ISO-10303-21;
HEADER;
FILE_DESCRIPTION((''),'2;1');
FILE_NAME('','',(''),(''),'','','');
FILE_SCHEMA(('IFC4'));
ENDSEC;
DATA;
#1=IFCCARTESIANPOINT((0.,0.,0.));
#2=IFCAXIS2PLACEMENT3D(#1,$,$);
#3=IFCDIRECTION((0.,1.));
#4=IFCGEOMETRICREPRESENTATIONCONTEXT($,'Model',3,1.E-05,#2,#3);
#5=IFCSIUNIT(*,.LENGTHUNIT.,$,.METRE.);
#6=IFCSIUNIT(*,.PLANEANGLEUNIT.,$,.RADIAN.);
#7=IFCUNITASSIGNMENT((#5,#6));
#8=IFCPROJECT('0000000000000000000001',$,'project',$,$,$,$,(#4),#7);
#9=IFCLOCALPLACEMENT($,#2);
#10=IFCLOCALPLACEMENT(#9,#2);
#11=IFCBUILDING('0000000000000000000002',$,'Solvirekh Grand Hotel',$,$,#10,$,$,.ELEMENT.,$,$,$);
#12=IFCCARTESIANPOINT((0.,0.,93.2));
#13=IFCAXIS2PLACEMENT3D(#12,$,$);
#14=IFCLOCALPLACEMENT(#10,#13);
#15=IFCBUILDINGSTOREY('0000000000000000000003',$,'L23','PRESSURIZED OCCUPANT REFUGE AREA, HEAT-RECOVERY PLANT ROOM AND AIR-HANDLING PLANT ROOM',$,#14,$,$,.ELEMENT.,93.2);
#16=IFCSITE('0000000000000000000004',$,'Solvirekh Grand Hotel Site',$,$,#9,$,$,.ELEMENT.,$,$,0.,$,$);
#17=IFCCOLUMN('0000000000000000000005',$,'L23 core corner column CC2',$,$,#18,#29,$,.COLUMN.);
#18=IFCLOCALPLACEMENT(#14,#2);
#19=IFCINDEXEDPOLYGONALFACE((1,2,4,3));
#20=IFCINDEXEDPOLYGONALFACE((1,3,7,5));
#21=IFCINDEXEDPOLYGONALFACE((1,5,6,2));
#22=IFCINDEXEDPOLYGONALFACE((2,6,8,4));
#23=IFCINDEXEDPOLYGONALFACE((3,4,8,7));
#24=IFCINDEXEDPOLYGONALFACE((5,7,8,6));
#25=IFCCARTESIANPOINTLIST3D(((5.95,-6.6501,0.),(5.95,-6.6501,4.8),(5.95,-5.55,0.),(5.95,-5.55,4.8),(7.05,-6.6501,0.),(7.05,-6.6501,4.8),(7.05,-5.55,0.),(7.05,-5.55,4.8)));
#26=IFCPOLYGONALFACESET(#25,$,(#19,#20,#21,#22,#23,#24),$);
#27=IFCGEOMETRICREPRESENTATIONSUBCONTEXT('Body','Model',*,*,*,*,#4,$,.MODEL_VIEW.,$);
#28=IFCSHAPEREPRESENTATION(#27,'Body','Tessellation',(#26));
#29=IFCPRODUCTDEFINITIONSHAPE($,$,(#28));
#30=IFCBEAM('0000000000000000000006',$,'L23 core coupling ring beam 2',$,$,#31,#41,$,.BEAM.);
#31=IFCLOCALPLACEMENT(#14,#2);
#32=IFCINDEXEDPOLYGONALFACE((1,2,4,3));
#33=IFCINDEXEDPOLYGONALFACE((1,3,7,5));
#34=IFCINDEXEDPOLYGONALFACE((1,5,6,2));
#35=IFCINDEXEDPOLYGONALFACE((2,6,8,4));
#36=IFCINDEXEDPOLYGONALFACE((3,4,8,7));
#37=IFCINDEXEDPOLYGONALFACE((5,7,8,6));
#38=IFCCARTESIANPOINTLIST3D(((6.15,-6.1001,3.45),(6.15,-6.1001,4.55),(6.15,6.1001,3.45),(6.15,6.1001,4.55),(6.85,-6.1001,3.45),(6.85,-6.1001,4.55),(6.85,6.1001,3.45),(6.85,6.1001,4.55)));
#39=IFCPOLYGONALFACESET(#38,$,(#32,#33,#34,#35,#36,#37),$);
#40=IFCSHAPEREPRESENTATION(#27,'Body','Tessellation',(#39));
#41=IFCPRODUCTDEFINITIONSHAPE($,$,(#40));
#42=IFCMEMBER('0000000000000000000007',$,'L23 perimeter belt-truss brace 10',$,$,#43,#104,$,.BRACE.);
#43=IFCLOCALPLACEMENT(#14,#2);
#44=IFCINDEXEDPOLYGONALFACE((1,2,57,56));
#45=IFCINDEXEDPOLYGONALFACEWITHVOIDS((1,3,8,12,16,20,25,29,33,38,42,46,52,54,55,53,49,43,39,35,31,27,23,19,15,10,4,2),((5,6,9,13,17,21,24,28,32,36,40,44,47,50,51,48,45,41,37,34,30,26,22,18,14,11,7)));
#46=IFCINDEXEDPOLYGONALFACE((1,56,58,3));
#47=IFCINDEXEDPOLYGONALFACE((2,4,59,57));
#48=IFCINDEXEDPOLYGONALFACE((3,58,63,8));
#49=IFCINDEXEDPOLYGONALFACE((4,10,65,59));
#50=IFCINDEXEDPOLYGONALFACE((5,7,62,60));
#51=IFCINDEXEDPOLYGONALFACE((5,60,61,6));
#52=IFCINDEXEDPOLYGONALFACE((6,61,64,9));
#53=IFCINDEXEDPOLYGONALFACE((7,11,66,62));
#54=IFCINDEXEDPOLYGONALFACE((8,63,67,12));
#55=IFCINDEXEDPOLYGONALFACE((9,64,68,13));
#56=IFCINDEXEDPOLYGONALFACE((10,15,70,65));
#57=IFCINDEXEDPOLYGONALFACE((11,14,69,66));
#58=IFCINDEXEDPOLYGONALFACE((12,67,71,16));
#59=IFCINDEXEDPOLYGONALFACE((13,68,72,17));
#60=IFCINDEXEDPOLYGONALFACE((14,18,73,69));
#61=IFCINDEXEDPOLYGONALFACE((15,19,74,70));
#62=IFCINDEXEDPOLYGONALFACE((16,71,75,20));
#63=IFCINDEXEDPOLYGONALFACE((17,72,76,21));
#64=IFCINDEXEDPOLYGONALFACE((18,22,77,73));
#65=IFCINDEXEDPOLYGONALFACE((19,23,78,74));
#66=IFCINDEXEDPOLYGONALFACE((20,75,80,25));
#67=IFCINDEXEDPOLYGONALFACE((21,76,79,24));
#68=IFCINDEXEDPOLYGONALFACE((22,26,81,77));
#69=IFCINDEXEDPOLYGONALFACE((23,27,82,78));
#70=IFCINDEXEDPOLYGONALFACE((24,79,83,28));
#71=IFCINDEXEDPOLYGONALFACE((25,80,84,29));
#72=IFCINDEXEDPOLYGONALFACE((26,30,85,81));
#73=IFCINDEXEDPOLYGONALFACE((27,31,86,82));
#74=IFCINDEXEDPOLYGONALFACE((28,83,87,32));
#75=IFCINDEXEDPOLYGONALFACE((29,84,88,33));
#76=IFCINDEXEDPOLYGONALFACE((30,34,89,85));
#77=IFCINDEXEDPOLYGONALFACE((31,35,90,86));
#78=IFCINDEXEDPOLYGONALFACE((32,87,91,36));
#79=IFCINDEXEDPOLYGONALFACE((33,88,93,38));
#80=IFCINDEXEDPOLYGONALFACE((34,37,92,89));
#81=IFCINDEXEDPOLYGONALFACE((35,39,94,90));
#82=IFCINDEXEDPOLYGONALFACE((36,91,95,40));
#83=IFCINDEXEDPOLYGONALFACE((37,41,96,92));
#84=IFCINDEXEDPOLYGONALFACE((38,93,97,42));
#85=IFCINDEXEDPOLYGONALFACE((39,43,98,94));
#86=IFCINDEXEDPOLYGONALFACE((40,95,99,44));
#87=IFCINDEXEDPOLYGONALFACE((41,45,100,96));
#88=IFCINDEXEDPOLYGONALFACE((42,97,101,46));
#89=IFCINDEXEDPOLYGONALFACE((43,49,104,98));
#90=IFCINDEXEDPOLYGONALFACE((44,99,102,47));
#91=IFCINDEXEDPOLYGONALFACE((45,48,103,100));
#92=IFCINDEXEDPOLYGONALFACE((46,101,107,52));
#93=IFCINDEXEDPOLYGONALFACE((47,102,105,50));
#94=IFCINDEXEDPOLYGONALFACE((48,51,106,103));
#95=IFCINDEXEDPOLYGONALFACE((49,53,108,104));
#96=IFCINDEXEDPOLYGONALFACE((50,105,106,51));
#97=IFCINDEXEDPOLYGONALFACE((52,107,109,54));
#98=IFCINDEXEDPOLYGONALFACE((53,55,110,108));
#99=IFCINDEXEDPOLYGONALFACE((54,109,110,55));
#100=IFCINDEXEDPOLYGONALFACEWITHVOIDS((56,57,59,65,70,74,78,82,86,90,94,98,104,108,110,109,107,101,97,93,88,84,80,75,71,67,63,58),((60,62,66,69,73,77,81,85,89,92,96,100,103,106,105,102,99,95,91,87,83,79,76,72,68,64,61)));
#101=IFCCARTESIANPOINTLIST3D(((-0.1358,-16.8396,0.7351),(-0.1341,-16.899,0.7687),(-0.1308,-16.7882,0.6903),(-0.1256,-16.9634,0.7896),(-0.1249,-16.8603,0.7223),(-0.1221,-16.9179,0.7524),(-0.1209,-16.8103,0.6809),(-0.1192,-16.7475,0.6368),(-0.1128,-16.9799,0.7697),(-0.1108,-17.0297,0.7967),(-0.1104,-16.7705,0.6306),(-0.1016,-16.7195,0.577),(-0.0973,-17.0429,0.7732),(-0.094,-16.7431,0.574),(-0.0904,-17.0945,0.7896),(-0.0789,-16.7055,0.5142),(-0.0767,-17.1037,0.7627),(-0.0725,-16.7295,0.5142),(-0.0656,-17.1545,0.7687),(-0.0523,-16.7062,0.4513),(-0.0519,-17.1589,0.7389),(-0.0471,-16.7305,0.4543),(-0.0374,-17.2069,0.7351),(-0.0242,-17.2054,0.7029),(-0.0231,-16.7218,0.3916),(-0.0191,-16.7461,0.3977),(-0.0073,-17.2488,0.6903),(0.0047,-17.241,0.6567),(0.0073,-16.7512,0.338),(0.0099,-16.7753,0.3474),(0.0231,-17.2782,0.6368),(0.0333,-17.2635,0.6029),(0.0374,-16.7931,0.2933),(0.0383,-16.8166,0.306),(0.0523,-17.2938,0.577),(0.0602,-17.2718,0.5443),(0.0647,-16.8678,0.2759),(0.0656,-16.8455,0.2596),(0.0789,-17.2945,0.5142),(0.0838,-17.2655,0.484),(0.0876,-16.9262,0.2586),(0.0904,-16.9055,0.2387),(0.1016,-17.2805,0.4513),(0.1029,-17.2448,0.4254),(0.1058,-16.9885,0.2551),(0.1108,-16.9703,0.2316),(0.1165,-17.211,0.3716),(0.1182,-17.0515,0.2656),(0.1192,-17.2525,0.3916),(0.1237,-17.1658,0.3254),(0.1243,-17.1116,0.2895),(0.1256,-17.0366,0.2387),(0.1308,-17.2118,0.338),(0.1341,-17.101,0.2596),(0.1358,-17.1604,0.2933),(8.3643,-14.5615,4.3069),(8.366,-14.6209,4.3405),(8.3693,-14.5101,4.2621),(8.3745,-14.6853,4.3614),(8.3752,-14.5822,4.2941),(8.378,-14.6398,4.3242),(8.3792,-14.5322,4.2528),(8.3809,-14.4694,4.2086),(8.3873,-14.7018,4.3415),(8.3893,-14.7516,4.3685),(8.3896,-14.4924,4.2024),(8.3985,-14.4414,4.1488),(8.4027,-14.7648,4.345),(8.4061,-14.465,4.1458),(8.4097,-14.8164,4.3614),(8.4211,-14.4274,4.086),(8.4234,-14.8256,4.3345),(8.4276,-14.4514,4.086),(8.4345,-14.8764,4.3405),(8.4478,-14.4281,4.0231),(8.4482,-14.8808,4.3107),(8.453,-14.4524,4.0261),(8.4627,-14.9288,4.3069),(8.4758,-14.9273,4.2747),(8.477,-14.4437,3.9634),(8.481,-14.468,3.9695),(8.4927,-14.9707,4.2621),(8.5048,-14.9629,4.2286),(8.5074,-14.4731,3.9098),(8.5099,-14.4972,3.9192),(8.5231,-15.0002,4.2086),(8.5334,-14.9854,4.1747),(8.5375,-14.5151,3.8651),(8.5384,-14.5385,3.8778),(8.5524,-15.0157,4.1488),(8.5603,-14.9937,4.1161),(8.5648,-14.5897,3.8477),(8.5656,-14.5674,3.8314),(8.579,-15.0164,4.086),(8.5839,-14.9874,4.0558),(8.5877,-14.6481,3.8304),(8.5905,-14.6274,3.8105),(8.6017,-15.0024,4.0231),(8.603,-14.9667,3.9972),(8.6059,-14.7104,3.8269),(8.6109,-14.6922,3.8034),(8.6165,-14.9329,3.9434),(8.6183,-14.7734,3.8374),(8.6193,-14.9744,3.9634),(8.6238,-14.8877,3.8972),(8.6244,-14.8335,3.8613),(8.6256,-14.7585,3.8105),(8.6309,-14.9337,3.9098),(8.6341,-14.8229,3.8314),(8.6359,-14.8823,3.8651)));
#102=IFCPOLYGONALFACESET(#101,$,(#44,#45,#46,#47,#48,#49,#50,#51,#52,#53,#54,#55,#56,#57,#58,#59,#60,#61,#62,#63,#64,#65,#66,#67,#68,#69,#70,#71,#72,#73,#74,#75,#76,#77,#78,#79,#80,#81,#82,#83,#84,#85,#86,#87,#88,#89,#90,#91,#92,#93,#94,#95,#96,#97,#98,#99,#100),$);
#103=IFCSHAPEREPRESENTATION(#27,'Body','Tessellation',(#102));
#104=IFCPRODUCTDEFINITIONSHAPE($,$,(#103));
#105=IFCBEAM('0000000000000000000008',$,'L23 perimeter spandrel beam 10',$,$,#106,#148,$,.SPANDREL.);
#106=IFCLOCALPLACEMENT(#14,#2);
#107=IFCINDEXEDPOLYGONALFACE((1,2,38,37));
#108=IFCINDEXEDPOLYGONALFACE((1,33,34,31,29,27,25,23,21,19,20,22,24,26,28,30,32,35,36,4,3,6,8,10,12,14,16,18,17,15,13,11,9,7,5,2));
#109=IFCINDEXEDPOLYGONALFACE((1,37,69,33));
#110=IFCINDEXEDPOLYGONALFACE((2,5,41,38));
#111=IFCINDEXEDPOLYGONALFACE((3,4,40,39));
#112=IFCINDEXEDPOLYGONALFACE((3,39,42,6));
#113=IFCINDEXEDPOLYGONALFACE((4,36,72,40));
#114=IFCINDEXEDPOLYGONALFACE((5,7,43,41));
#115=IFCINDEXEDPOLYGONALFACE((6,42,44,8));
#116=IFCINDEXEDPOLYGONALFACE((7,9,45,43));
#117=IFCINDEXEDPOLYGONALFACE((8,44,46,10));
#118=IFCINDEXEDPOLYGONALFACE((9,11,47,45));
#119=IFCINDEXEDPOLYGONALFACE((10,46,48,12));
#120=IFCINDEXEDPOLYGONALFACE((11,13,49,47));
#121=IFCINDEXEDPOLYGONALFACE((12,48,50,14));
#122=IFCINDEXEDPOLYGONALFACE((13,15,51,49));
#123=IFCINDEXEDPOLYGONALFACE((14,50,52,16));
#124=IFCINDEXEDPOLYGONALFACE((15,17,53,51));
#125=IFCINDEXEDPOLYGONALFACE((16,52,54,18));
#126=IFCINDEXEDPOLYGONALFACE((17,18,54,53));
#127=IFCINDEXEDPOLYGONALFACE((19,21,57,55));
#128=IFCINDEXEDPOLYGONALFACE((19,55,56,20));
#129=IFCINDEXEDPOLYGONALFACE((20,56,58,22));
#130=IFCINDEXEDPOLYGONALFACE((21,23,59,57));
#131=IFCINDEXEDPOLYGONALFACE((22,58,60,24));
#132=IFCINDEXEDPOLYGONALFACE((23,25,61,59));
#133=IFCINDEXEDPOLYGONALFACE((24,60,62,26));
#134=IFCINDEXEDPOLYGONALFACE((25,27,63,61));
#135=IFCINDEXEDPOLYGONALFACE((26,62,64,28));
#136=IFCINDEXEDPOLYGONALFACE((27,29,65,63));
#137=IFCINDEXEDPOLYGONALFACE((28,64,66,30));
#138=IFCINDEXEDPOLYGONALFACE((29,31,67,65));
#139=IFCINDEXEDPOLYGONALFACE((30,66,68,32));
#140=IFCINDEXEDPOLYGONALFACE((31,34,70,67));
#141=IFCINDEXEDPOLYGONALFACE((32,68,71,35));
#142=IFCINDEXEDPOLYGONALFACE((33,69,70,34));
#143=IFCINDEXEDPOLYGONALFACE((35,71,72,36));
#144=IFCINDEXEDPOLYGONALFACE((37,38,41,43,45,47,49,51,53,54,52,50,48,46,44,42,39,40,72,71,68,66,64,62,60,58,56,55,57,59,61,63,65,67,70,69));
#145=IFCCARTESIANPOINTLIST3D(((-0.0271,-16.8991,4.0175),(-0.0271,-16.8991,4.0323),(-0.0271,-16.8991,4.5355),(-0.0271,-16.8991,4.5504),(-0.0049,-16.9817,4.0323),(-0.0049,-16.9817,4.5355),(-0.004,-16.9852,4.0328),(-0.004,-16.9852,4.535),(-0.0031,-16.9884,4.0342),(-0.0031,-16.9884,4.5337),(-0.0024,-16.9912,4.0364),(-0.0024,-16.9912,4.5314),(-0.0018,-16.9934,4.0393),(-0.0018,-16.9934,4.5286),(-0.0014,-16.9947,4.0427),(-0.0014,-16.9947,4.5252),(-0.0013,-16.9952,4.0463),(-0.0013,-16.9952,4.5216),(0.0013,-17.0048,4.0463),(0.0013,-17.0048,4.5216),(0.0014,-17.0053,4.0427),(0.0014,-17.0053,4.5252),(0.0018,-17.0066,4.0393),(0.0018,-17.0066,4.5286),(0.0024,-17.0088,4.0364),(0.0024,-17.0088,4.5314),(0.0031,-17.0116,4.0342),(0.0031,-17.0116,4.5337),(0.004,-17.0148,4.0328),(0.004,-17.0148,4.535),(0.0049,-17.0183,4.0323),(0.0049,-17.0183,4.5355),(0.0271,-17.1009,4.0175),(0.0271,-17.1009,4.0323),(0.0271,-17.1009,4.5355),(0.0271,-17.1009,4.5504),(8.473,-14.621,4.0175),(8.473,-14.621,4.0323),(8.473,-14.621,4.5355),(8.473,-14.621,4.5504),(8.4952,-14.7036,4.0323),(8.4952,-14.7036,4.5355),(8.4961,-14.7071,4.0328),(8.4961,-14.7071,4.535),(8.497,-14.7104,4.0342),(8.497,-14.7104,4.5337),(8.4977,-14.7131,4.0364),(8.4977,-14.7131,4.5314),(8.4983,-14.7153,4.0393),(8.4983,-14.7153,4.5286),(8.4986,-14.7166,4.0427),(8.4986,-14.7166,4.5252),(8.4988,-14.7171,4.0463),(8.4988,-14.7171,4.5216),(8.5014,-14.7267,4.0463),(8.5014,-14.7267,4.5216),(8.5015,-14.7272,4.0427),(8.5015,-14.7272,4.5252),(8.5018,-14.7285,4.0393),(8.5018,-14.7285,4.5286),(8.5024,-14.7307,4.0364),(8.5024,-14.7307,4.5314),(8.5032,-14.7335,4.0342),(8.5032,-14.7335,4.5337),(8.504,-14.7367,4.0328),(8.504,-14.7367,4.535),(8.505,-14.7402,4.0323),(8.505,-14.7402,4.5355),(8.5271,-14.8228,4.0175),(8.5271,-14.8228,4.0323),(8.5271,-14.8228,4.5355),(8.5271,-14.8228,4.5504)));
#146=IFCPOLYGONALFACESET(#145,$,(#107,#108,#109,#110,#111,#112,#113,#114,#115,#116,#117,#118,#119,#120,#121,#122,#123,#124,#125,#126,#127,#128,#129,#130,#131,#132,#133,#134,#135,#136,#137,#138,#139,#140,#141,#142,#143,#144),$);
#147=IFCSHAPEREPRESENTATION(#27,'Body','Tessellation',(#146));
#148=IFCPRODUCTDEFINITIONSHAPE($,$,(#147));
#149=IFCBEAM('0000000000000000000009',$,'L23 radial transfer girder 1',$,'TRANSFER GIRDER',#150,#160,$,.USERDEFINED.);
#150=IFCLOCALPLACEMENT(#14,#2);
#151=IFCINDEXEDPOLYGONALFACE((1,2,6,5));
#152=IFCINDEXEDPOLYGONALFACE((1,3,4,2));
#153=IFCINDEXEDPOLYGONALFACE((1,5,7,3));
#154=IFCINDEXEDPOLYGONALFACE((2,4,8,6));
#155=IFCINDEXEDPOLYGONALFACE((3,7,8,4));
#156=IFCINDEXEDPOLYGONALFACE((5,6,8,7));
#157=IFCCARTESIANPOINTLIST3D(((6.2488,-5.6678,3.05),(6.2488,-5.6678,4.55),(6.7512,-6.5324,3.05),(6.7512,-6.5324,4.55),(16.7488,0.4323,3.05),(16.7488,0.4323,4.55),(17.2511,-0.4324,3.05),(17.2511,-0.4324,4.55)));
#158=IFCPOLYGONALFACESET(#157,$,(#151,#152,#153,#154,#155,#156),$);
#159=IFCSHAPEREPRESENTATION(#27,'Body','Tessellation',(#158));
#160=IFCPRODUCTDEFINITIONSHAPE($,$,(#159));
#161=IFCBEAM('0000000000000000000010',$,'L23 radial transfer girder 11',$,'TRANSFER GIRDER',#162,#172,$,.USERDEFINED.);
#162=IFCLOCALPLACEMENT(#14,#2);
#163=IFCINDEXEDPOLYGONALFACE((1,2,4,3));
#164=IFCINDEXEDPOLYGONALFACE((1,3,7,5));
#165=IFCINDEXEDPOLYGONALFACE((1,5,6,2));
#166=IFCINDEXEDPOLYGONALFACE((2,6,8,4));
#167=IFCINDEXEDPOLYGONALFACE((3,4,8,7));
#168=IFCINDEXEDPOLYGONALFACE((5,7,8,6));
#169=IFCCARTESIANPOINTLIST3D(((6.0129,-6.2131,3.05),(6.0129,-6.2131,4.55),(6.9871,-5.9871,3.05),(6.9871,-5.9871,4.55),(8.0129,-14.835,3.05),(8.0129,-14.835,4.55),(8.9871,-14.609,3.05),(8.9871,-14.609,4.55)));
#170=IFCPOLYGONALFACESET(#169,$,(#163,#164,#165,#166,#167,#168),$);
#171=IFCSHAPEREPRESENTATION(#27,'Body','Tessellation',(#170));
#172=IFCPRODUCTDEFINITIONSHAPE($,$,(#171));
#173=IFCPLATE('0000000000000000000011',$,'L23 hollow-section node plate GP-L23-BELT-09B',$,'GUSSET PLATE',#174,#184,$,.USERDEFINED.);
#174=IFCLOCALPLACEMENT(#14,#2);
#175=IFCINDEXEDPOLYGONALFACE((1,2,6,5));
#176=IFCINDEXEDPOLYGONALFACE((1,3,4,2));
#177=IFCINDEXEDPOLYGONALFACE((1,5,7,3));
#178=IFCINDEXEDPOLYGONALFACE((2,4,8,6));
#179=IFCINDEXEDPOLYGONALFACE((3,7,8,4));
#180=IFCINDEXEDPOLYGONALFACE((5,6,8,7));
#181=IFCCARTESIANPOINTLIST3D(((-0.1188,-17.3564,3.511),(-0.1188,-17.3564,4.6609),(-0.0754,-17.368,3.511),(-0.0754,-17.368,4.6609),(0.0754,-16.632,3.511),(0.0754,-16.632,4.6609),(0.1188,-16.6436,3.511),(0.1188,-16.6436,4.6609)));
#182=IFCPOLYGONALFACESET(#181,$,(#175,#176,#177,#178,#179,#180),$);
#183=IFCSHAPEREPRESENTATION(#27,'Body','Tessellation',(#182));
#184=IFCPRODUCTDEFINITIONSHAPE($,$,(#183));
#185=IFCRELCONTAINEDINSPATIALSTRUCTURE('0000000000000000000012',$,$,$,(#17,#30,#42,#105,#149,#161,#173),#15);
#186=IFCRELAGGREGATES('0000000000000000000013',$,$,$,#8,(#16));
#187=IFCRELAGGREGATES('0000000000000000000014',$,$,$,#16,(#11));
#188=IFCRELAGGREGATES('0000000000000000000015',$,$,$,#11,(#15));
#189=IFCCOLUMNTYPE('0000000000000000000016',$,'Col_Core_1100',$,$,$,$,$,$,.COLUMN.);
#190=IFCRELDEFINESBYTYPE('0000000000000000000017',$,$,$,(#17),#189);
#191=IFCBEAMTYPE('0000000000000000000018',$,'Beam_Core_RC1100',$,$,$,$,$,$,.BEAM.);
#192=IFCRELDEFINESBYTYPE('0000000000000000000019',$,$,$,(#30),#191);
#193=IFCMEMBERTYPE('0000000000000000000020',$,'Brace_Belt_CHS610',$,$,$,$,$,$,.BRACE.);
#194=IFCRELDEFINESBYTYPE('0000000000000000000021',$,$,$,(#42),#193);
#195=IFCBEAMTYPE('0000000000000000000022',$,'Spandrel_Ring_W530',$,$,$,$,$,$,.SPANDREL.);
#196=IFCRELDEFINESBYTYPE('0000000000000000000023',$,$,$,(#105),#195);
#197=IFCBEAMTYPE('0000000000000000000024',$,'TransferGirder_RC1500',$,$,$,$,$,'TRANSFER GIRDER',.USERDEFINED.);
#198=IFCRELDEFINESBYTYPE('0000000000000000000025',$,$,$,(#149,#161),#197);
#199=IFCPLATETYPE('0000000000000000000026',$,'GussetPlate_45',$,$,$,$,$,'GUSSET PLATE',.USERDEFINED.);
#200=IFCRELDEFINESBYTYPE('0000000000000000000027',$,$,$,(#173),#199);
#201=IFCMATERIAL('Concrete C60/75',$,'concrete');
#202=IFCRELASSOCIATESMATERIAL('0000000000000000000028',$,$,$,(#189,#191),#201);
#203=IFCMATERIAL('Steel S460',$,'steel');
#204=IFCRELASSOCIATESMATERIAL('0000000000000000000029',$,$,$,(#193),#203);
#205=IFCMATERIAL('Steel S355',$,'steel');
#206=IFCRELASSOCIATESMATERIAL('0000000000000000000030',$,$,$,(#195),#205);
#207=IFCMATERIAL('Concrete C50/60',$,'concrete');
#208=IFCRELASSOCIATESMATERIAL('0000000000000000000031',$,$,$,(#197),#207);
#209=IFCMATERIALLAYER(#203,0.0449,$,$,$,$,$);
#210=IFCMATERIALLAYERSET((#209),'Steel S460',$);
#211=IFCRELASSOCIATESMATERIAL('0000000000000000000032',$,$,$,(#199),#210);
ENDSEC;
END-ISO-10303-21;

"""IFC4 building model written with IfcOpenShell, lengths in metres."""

from ifc_helpers import new_model, si_unit, direction, frame, origin, origin_2d, place, context, subcontext, project, spatial, rectangle, hollow_circle, i_section, extrude, material, layer, layer_set, material_profile, profile_set, type_object, element, save


model = new_model("IFC4")

# Units and contexts
model_context = context("Model", 3, precision=1e-05, world=origin(), true_north=direction((0.0, 1.0)))
body_context = subcontext(model_context, "Body", "Model", "MODEL_VIEW")
ifc_project = project(units=[si_unit("LENGTHUNIT", "METRE"), si_unit("PLANEANGLEUNIT", "RADIAN")], contexts=[model_context])

# Site, building, storey
site_placement = place(None, origin())
site = spatial("IfcSite", under=ifc_project, at=site_placement, Name="Solvirekh Grand Hotel Site", CompositionType="ELEMENT", RefElevation=0.0)
building_placement = place(site_placement, origin())
building = spatial("IfcBuilding", under=site, at=building_placement, Name="Solvirekh Grand Hotel", CompositionType="ELEMENT")
storey_placement = place(building_placement, frame((0.0, 0.0, 93.2)))
storey = spatial("IfcBuildingStorey", under=building, at=storey_placement, Name="L23", Description="PRESSURIZED OCCUPANT REFUGE AREA, HEAT-RECOVERY PLANT ROOM AND AIR-HANDLING PLANT ROOM", CompositionType="ELEMENT", Elevation=93.2)

# Column
ifc_material_1 = material(Name="Concrete C60/75", Category="concrete")
ifc_material_profile_1 = material_profile(ifc_material_1, rectangle(XDim=1.1001, YDim=1.1001, at=origin_2d()), Name="RC 1100X1100")
ifc_profile_set_1 = profile_set([ifc_material_profile_1], Name="Concrete C60/75")
column_type = type_object("IfcColumnType", Name="Col_Core_1100", PredefinedType="COLUMN", material=ifc_profile_set_1)
column_placement = place(storey_placement, frame((6.5, -6.1001, 0.0), z_axis=(0.0, 0.0, 1.0), x_axis=(1.0, 0.0, 0.0)))
element("IfcColumn", 1, at=column_placement, inside=storey, type_object=column_type, Name="L23 core corner column CC2", PredefinedType="COLUMN", context=body_context, shape_type="SweptSolid", body=[
    extrude(rectangle(XDim=1.1001, YDim=1.1001, at=origin_2d()), origin(), (0.0, 0.0, 1.0), 4.8),
])

# Beam
ifc_material_profile_2 = material_profile(ifc_material_1, rectangle(XDim=0.7, YDim=1.1001, at=origin_2d()), Name="RC BEAM 700X1100")
ifc_profile_set_2 = profile_set([ifc_material_profile_2], Name="Concrete C60/75")
beam_type_1 = type_object("IfcBeamType", Name="Beam_Core_RC1100", PredefinedType="BEAM", material=ifc_profile_set_2)
beam_1_placement = place(storey_placement, frame((6.5, -6.1001, 4.0), z_axis=(0.0, 1.0, 0.0), x_axis=(-1.0, 0.0, 0.0)))
element("IfcBeam", 2, at=beam_1_placement, inside=storey, type_object=beam_type_1, Name="L23 core coupling ring beam 2", PredefinedType="BEAM", context=body_context, shape_type="SweptSolid", body=[
    extrude(rectangle(XDim=0.7, YDim=1.1001, at=origin_2d()), origin(), (0.0, 0.0, 1.0), 12.2002),
])

# Member
ifc_material_2 = material(Name="Steel S460", Category="steel")
ifc_material_profile_3 = material_profile(ifc_material_2, hollow_circle(Radius=0.3049, WallThickness=0.0249, at=origin_2d()), Name="CHS 610X25")
ifc_profile_set_3 = profile_set([ifc_material_profile_3], Name="Steel S460")
member_type = type_object("IfcMemberType", Name="Brace_Belt_CHS610", PredefinedType="BRACE", material=ifc_profile_set_3)
member_placement = place(storey_placement, frame((0.0, -17.0, 0.5142), z_axis=(0.894999, 0.239868, 0.376087), x_axis=(-0.258873, 0.965911, 0.0)))
element("IfcMember", 3, at=member_placement, inside=storey, type_object=member_type, Name="L23 perimeter belt-truss brace 10", PredefinedType="BRACE", context=body_context, shape_type="SweptSolid", body=[
    extrude(hollow_circle(Radius=0.3049, WallThickness=0.0249, at=origin_2d()), origin(), (0.0, 0.0, 1.0), 9.4973),
])

# Beams
ifc_material_3 = material(Name="Steel S355", Category="steel")
ifc_material_profile_4 = material_profile(ifc_material_3, i_section(OverallWidth=0.209, OverallDepth=0.533, WebThickness=0.01, FlangeThickness=0.0149, FilletRadius=0.0139, at=origin_2d()), Name="W530X92")
ifc_profile_set_4 = profile_set([ifc_material_profile_4], Name="Steel S355")
beam_type_2 = type_object("IfcBeamType", Name="Spandrel_Ring_W530", PredefinedType="SPANDREL", material=ifc_profile_set_4)
beam_2_placement = place(storey_placement, frame((0.0, -17.0, 4.2839), z_axis=(0.965911, 0.258873, 0.0), x_axis=(-0.258873, 0.965911, 0.0)))
element("IfcBeam", 4, at=beam_2_placement, inside=storey, type_object=beam_type_2, Name="L23 perimeter spandrel beam 10", PredefinedType="SPANDREL", context=body_context, shape_type="SweptSolid", body=[
    extrude(i_section(OverallWidth=0.209, OverallDepth=0.533, WebThickness=0.01, FlangeThickness=0.0149, FilletRadius=0.0139, at=origin_2d()), origin(), (0.0, 0.0, 1.0), 8.8),
])
ifc_material_4 = material(Name="Concrete C50/60", Category="concrete")
ifc_material_profile_5 = material_profile(ifc_material_4, rectangle(XDim=1.0, YDim=1.5, at=origin_2d()), Name="RC GIRDER 1000X1500")
ifc_profile_set_5 = profile_set([ifc_material_profile_5], Name="Concrete C50/60")
beam_type_3 = type_object("IfcBeamType", Name="TransferGirder_RC1500", ElementType="TRANSFER GIRDER", PredefinedType="USERDEFINED", material=ifc_profile_set_5)
beam_3_placement = place(storey_placement, frame((6.5, -6.1001, 3.8), z_axis=(0.86467, 0.50234, 0.0), x_axis=(-0.50234, 0.86467, 0.0)))
element("IfcBeam", 5, at=beam_3_placement, inside=storey, type_object=beam_type_3, Name="L23 radial transfer girder 1", ObjectType="TRANSFER GIRDER", PredefinedType="USERDEFINED", context=body_context, shape_type="SweptSolid", body=[
    extrude(rectangle(XDim=1.0, YDim=1.5, at=origin_2d()), origin(), (0.0, 0.0, 1.0), 12.1433),
])
beam_4_placement = place(storey_placement, frame((6.5, -6.1001, 3.8), z_axis=(0.225969, -0.974134, 0.0), x_axis=(0.974134, 0.225969, 0.0)))
element("IfcBeam", 6, at=beam_4_placement, inside=storey, type_object=beam_type_3, Name="L23 radial transfer girder 11", ObjectType="TRANSFER GIRDER", PredefinedType="USERDEFINED", context=body_context, shape_type="SweptSolid", body=[
    extrude(rectangle(XDim=1.0, YDim=1.5, at=origin_2d()), origin(), (0.0, 0.0, 1.0), 8.8508),
])

# Plate
ifc_layer_1 = layer(ifc_material_2, 0.0449)
ifc_layer_set_1 = layer_set([ifc_layer_1], Name="Steel S460")
plate_type = type_object("IfcPlateType", Name="GussetPlate_45", ElementType="GUSSET PLATE", PredefinedType="USERDEFINED", material=ifc_layer_set_1)
for number, where, z_axis, x_axis, name in (
    (7, (0.0, -17.0, 3.511), (0.0, 0.0, 1.0), (0.965926, -0.258819, 0.0), "L23 hollow-section node plate GP-L23-BELT-09B"),
):
    element("IfcPlate", number, at=place(storey_placement, frame(where, z_axis=z_axis, x_axis=x_axis)), inside=storey, type_object=plate_type, Name=name, ObjectType="GUSSET PLATE", PredefinedType="USERDEFINED", context=body_context, shape_type="SweptSolid", body=[
        extrude(rectangle(XDim=0.0449, YDim=0.75, at=origin_2d()), origin(), (0.0, 0.0, 1.0), 1.1499),
    ])

save(model, "model.ifc")
